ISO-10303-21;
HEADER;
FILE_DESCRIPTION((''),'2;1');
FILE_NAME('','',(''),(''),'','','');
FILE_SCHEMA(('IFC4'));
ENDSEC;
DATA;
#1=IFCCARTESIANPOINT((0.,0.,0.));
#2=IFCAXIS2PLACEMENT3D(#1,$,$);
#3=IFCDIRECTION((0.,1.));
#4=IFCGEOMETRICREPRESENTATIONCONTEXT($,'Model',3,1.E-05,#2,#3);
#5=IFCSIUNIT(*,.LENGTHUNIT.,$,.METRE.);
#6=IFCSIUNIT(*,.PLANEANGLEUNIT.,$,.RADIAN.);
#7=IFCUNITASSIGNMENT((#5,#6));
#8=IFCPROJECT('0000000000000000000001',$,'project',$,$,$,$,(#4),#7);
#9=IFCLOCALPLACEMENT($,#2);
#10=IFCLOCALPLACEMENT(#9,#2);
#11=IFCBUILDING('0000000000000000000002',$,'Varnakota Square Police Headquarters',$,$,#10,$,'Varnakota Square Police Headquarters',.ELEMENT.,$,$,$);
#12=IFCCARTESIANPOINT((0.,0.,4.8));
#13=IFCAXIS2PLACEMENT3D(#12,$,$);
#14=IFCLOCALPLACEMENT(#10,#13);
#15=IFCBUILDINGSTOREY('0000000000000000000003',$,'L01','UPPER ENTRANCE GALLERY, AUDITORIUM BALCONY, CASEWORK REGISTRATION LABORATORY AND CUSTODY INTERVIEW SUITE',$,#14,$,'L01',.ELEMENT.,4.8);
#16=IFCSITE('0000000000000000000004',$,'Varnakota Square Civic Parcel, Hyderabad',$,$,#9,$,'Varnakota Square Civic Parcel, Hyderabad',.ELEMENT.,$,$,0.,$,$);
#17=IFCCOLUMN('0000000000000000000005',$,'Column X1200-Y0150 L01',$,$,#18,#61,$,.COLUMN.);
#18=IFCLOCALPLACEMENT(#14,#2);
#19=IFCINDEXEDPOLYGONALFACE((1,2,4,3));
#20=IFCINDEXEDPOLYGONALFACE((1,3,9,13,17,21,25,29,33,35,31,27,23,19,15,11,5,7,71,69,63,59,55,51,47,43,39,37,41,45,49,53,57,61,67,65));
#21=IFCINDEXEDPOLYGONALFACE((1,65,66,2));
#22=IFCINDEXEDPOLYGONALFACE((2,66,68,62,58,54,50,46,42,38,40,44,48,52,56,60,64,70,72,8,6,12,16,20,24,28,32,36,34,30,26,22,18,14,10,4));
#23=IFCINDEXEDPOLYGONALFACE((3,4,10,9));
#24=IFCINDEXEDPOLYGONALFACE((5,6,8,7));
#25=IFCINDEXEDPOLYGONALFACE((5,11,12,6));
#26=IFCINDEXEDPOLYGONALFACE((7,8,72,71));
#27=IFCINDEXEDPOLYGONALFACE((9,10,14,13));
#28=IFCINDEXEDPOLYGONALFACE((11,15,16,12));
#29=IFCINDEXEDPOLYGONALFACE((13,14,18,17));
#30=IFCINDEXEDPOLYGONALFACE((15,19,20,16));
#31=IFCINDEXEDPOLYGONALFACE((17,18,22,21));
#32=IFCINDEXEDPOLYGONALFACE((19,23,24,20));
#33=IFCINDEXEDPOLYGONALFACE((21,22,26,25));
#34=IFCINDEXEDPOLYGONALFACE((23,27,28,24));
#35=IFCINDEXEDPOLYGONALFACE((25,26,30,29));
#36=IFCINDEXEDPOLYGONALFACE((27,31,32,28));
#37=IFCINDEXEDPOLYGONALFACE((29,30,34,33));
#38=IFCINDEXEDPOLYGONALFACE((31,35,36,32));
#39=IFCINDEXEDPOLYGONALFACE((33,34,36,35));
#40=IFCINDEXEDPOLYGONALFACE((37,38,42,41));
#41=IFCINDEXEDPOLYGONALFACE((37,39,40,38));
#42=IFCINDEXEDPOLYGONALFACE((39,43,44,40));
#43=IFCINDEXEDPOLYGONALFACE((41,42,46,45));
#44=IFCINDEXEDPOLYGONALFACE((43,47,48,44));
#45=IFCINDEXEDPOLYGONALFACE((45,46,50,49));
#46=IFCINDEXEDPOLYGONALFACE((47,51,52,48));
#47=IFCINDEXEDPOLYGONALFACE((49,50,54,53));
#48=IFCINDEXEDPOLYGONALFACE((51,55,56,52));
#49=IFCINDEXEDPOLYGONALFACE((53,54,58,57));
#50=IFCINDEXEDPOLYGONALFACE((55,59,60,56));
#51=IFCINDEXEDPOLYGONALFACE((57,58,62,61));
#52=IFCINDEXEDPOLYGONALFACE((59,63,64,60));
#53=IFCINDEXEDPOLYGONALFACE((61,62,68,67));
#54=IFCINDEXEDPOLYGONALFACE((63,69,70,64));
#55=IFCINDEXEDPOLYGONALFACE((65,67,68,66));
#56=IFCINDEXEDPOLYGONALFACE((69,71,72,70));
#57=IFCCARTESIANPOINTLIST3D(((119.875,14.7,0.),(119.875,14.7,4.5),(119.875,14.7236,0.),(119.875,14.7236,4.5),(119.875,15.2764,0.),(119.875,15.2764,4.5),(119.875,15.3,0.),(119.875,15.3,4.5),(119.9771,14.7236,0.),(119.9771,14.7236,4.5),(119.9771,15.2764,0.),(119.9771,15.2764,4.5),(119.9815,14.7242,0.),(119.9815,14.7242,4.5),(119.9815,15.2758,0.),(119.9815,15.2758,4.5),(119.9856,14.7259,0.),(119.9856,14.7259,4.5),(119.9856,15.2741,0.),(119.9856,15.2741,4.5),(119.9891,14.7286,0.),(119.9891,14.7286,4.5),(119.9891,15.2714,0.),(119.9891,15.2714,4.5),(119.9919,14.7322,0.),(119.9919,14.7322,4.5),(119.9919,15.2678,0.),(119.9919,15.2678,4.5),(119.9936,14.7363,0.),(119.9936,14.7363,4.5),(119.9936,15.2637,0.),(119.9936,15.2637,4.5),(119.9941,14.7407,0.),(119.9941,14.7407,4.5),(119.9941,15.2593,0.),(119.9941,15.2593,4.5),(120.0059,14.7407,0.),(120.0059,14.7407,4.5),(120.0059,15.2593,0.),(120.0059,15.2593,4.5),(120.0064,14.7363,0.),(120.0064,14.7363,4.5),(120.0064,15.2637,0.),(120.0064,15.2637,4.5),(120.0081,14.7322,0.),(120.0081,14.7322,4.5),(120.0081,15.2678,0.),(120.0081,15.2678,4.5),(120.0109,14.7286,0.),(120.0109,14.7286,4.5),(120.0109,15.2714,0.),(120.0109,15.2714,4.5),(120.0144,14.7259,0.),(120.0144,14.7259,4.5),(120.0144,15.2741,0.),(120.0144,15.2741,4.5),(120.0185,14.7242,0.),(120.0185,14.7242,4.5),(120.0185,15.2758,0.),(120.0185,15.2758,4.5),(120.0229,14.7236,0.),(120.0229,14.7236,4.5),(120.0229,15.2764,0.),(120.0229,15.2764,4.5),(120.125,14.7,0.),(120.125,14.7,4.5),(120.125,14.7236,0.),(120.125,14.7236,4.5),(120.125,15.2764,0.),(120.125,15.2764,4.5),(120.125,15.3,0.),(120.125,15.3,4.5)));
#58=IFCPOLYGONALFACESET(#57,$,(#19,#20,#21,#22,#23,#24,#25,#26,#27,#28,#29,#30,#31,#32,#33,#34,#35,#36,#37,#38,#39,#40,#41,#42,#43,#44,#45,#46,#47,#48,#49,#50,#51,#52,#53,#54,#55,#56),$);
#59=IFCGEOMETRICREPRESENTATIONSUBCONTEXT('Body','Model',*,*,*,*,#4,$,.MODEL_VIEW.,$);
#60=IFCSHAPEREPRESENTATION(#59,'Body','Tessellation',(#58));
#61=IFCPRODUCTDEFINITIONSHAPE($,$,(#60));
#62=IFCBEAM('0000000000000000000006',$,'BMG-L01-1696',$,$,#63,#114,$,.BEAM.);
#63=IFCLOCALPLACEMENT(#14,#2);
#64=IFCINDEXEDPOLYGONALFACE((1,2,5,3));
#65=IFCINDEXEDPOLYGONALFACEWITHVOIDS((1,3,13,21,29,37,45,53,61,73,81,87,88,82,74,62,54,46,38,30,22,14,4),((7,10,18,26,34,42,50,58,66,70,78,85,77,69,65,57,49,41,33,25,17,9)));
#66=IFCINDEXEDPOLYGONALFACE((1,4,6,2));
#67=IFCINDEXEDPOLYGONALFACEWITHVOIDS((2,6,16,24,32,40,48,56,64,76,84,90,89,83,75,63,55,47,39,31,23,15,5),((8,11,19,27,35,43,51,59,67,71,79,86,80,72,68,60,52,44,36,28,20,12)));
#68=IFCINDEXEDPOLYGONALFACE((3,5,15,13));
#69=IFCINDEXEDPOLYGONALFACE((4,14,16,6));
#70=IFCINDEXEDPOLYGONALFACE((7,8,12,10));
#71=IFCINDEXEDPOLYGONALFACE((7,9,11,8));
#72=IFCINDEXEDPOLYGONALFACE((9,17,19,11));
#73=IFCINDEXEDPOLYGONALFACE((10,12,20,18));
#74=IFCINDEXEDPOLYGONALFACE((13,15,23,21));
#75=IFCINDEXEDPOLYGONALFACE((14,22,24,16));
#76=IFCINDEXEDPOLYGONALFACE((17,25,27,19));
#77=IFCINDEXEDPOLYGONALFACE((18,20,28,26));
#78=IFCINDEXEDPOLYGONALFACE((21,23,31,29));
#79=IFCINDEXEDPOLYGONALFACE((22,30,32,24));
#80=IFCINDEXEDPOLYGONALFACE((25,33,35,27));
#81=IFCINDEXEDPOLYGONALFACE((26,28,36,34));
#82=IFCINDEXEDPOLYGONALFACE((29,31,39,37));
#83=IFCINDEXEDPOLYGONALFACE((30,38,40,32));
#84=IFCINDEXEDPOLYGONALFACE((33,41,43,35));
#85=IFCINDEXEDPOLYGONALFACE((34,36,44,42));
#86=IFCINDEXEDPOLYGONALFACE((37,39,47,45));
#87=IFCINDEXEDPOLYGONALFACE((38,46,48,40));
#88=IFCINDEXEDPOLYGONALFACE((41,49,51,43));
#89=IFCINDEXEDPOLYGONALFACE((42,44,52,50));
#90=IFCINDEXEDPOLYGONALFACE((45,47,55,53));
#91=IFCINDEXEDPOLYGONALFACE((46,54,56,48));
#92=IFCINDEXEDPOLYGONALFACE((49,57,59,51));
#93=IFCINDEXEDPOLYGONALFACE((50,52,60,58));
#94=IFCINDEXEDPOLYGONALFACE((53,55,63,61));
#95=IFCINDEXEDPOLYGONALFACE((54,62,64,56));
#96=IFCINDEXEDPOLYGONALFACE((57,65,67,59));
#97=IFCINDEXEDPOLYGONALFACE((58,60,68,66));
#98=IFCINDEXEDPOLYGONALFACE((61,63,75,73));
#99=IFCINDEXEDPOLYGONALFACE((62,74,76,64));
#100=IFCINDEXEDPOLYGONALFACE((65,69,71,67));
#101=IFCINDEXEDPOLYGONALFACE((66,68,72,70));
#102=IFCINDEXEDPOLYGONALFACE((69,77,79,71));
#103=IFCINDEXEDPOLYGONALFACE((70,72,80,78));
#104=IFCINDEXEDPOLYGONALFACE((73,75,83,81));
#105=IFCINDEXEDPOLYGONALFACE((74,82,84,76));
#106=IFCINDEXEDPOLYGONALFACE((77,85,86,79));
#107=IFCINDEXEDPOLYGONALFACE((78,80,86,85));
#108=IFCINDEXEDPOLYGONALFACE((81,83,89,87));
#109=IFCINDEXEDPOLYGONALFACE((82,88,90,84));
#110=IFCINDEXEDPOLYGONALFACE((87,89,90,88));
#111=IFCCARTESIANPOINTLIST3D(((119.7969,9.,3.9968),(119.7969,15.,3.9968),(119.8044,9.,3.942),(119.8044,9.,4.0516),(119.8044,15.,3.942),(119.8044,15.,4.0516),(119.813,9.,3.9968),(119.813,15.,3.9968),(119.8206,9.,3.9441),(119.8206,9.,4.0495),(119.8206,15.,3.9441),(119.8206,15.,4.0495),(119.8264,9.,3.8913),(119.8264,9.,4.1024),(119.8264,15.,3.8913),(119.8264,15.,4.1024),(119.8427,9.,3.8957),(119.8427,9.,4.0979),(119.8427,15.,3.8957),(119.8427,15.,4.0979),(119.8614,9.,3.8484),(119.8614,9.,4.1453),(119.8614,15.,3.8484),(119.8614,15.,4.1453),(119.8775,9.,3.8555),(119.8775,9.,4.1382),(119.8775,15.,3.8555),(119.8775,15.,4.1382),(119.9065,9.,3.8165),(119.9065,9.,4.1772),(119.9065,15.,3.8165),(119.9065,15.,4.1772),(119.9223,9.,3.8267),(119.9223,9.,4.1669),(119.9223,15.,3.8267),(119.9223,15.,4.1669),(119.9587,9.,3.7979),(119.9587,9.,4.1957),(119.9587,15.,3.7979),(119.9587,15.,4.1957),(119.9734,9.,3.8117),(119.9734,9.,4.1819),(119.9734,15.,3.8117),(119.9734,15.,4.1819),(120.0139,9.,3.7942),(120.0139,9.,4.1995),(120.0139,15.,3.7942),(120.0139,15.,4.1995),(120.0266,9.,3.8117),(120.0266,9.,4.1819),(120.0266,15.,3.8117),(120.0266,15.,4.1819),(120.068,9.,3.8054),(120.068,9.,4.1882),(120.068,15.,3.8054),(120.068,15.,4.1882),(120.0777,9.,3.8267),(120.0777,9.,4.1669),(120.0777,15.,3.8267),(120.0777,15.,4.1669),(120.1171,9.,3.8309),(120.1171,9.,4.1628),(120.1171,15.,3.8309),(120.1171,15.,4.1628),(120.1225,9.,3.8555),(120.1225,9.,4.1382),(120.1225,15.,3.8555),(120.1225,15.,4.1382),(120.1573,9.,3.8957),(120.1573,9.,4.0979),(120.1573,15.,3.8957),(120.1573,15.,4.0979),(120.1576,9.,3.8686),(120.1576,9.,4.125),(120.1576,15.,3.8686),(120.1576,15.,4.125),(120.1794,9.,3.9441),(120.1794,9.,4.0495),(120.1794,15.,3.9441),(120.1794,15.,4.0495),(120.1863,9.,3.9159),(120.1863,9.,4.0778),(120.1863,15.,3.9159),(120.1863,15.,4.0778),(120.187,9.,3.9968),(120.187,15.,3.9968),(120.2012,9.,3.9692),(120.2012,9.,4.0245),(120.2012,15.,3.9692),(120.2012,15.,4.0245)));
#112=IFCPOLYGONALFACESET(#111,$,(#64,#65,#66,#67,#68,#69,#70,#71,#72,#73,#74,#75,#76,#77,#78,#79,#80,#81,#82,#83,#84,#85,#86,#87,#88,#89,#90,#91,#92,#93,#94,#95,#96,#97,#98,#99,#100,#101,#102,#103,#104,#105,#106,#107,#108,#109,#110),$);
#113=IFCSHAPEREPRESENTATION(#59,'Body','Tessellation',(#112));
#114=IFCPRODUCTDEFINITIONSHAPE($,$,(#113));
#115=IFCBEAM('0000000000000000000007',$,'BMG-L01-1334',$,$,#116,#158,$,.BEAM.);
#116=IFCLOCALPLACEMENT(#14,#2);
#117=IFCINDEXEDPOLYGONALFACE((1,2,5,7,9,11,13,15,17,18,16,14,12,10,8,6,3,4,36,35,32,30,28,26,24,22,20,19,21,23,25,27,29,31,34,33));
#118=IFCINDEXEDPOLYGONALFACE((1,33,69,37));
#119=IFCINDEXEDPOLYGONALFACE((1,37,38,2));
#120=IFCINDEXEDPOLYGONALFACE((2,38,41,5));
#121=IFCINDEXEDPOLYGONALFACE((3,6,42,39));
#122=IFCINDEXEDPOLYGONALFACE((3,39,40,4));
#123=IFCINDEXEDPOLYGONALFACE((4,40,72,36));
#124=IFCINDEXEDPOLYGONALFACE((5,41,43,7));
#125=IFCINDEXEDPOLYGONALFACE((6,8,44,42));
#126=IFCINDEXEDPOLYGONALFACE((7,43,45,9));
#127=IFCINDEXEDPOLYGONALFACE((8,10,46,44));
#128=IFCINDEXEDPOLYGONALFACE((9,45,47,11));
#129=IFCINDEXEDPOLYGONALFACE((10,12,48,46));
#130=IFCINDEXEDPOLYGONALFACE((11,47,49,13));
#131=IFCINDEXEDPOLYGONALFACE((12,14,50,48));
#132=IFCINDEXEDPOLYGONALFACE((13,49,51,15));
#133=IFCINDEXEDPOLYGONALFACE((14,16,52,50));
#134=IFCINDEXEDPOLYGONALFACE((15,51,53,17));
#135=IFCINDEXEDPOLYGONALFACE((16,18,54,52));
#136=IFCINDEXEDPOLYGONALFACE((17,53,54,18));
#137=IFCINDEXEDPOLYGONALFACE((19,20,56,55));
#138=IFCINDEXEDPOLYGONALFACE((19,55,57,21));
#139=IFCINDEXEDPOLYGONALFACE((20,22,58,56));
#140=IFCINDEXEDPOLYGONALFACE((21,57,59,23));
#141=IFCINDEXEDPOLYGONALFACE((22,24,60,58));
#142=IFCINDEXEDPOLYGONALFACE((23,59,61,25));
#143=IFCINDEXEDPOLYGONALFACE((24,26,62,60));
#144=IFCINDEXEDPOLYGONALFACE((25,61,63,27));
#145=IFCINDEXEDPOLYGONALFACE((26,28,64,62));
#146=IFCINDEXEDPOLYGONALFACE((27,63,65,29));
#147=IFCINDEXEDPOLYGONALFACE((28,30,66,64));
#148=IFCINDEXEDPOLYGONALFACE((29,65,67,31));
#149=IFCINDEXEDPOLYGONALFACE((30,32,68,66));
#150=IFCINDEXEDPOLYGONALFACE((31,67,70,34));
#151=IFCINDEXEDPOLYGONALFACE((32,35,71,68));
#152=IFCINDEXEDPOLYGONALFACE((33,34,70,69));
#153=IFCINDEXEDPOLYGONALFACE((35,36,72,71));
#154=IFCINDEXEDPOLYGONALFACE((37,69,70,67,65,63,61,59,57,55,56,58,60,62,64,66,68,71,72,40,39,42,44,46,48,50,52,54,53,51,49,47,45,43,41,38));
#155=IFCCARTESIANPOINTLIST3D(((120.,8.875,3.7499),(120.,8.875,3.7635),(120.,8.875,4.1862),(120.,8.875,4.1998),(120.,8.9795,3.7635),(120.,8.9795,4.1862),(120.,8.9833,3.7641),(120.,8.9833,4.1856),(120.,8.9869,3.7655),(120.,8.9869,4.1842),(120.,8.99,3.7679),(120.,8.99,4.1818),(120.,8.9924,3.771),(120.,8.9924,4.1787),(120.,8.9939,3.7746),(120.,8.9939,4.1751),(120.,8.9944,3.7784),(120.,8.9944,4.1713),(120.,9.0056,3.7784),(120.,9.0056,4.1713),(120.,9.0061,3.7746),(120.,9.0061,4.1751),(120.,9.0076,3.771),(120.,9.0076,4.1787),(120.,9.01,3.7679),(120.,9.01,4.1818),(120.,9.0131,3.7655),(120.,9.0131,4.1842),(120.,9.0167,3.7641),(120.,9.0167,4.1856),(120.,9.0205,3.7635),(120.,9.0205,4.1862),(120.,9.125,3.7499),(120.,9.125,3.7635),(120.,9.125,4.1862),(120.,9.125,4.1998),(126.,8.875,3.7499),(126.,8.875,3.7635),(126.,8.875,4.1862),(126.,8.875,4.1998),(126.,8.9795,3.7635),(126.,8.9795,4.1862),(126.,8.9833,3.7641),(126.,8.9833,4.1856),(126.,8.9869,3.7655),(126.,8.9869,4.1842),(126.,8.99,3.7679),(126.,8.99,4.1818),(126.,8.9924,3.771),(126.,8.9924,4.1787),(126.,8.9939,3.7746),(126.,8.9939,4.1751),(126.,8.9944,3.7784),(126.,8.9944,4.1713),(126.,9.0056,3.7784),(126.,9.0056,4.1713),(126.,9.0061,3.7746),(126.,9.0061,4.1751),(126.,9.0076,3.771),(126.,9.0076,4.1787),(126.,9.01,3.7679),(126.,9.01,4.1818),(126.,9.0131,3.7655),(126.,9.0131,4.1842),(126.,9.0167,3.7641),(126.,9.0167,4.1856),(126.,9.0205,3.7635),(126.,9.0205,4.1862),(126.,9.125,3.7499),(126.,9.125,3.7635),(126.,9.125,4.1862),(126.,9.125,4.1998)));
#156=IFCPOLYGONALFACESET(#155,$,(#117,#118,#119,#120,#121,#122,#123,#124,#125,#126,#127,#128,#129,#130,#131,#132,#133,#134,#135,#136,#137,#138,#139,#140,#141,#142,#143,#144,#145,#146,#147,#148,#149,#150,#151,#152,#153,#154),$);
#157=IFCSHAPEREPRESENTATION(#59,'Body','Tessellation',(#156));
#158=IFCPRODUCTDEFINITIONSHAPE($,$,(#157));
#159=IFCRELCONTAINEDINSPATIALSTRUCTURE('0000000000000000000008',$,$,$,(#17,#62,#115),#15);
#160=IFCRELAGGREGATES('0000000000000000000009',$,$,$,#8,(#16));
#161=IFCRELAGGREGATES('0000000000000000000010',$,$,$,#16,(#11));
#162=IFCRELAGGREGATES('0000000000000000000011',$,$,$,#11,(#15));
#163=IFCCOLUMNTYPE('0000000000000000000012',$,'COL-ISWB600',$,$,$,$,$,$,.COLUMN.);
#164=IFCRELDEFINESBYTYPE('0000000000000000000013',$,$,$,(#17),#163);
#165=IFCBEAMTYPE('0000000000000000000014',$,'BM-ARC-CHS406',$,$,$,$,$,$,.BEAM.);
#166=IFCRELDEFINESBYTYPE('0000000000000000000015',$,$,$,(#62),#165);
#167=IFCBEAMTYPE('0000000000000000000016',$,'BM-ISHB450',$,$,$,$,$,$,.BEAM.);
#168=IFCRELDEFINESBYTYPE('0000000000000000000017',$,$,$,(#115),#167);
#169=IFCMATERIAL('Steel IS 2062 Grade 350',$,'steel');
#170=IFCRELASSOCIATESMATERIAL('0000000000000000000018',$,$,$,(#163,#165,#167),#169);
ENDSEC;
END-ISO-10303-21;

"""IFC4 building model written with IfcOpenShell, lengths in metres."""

from ifc_helpers import new_model, si_unit, direction, frame, origin, origin_2d, place, context, subcontext, project, spatial, hollow_circle, i_section, extrude, material, material_profile, profile_set, type_object, element, save


model = new_model("IFC4")

# Units and contexts
model_context = context("Model", 3, precision=1e-05, world=origin(), true_north=direction((0.0, 1.0)))
body_context = subcontext(model_context, "Body", "Model", "MODEL_VIEW")
ifc_project = project(units=[si_unit("LENGTHUNIT", "METRE"), si_unit("PLANEANGLEUNIT", "RADIAN")], contexts=[model_context])

# Site, building, storey
site_placement = place(None, origin())
site = spatial("IfcSite", under=ifc_project, at=site_placement, Name="Varnakota Square Civic Parcel, Hyderabad", LongName="Varnakota Square Civic Parcel, Hyderabad", CompositionType="ELEMENT", RefElevation=0.0)
building_placement = place(site_placement, origin())
building = spatial("IfcBuilding", under=site, at=building_placement, Name="Varnakota Square Police Headquarters", LongName="Varnakota Square Police Headquarters", CompositionType="ELEMENT")
storey_placement = place(building_placement, frame((0.0, 0.0, 4.8)))
storey = spatial("IfcBuildingStorey", under=building, at=storey_placement, Name="L01", Description="UPPER ENTRANCE GALLERY, AUDITORIUM BALCONY, CASEWORK REGISTRATION LABORATORY AND CUSTODY INTERVIEW SUITE", LongName="L01", CompositionType="ELEMENT", Elevation=4.8)

# Column
ifc_material_1 = material(Name="Steel IS 2062 Grade 350", Category="steel")
ifc_material_profile_1 = material_profile(ifc_material_1, i_section(OverallWidth=0.25, OverallDepth=0.6001, WebThickness=0.0117, FlangeThickness=0.0237, FilletRadius=0.0171, at=origin_2d()), Name="ISWB 600")
ifc_profile_set_1 = profile_set([ifc_material_profile_1], Name="Steel IS 2062 Grade 350")
column_type = type_object("IfcColumnType", Name="COL-ISWB600", PredefinedType="COLUMN", material=ifc_profile_set_1)
column_placement = place(storey_placement, frame((120.0, 15.0, 0.0), z_axis=(0.0, 0.0, 1.0), x_axis=(1.0, 0.0, 0.0)))
element("IfcColumn", 1, at=column_placement, inside=storey, type_object=column_type, Name="Column X1200-Y0150 L01", PredefinedType="COLUMN", context=body_context, shape_type="SweptSolid", body=[
    extrude(i_section(OverallWidth=0.25, OverallDepth=0.6001, WebThickness=0.0117, FlangeThickness=0.0237, FilletRadius=0.0171, at=origin_2d()), origin(), (0.0, 0.0, 1.0), 4.5),
])

# Beams
ifc_material_profile_2 = material_profile(ifc_material_1, hollow_circle(Radius=0.2031, WallThickness=0.0161, at=origin_2d()), Name="CHS 406.4x16.0")
ifc_profile_set_2 = profile_set([ifc_material_profile_2], Name="Steel IS 2062 Grade 350")
beam_type_1 = type_object("IfcBeamType", Name="BM-ARC-CHS406", PredefinedType="BEAM", material=ifc_profile_set_2)
beam_1_placement = place(storey_placement, frame((120.0, 9.0, 3.9968), z_axis=(0.0, 1.0, 0.0), x_axis=(-1.0, 0.0, 0.0)))
element("IfcBeam", 2, at=beam_1_placement, inside=storey, type_object=beam_type_1, Name="BMG-L01-1696", PredefinedType="BEAM", context=body_context, shape_type="SweptSolid", body=[
    extrude(hollow_circle(Radius=0.2031, WallThickness=0.0161, at=origin_2d()), origin(), (0.0, 0.0, 1.0), 6.0),
])
ifc_material_profile_3 = material_profile(ifc_material_1, i_section(OverallWidth=0.25, OverallDepth=0.45, WebThickness=0.0112, FlangeThickness=0.0137, FilletRadius=0.0149, at=origin_2d()), Name="ISHB 450")
ifc_profile_set_3 = profile_set([ifc_material_profile_3], Name="Steel IS 2062 Grade 350")
beam_type_2 = type_object("IfcBeamType", Name="BM-ISHB450", PredefinedType="BEAM", material=ifc_profile_set_3)
for number, where, z_axis, x_axis, name in (
    (3, (120.0, 9.0, 3.9749), (1.0, 0.0, 0.0), (0.0, 1.0, 0.0), "BMG-L01-1334"),
):
    element("IfcBeam", number, at=place(storey_placement, frame(where, z_axis=z_axis, x_axis=x_axis)), inside=storey, type_object=beam_type_2, Name=name, PredefinedType="BEAM", context=body_context, shape_type="SweptSolid", body=[
        extrude(i_section(OverallWidth=0.25, OverallDepth=0.45, WebThickness=0.0112, FlangeThickness=0.0137, FilletRadius=0.0149, at=origin_2d()), origin(), (0.0, 0.0, 1.0), 6.0),
    ])

save(model, "model.ifc")
